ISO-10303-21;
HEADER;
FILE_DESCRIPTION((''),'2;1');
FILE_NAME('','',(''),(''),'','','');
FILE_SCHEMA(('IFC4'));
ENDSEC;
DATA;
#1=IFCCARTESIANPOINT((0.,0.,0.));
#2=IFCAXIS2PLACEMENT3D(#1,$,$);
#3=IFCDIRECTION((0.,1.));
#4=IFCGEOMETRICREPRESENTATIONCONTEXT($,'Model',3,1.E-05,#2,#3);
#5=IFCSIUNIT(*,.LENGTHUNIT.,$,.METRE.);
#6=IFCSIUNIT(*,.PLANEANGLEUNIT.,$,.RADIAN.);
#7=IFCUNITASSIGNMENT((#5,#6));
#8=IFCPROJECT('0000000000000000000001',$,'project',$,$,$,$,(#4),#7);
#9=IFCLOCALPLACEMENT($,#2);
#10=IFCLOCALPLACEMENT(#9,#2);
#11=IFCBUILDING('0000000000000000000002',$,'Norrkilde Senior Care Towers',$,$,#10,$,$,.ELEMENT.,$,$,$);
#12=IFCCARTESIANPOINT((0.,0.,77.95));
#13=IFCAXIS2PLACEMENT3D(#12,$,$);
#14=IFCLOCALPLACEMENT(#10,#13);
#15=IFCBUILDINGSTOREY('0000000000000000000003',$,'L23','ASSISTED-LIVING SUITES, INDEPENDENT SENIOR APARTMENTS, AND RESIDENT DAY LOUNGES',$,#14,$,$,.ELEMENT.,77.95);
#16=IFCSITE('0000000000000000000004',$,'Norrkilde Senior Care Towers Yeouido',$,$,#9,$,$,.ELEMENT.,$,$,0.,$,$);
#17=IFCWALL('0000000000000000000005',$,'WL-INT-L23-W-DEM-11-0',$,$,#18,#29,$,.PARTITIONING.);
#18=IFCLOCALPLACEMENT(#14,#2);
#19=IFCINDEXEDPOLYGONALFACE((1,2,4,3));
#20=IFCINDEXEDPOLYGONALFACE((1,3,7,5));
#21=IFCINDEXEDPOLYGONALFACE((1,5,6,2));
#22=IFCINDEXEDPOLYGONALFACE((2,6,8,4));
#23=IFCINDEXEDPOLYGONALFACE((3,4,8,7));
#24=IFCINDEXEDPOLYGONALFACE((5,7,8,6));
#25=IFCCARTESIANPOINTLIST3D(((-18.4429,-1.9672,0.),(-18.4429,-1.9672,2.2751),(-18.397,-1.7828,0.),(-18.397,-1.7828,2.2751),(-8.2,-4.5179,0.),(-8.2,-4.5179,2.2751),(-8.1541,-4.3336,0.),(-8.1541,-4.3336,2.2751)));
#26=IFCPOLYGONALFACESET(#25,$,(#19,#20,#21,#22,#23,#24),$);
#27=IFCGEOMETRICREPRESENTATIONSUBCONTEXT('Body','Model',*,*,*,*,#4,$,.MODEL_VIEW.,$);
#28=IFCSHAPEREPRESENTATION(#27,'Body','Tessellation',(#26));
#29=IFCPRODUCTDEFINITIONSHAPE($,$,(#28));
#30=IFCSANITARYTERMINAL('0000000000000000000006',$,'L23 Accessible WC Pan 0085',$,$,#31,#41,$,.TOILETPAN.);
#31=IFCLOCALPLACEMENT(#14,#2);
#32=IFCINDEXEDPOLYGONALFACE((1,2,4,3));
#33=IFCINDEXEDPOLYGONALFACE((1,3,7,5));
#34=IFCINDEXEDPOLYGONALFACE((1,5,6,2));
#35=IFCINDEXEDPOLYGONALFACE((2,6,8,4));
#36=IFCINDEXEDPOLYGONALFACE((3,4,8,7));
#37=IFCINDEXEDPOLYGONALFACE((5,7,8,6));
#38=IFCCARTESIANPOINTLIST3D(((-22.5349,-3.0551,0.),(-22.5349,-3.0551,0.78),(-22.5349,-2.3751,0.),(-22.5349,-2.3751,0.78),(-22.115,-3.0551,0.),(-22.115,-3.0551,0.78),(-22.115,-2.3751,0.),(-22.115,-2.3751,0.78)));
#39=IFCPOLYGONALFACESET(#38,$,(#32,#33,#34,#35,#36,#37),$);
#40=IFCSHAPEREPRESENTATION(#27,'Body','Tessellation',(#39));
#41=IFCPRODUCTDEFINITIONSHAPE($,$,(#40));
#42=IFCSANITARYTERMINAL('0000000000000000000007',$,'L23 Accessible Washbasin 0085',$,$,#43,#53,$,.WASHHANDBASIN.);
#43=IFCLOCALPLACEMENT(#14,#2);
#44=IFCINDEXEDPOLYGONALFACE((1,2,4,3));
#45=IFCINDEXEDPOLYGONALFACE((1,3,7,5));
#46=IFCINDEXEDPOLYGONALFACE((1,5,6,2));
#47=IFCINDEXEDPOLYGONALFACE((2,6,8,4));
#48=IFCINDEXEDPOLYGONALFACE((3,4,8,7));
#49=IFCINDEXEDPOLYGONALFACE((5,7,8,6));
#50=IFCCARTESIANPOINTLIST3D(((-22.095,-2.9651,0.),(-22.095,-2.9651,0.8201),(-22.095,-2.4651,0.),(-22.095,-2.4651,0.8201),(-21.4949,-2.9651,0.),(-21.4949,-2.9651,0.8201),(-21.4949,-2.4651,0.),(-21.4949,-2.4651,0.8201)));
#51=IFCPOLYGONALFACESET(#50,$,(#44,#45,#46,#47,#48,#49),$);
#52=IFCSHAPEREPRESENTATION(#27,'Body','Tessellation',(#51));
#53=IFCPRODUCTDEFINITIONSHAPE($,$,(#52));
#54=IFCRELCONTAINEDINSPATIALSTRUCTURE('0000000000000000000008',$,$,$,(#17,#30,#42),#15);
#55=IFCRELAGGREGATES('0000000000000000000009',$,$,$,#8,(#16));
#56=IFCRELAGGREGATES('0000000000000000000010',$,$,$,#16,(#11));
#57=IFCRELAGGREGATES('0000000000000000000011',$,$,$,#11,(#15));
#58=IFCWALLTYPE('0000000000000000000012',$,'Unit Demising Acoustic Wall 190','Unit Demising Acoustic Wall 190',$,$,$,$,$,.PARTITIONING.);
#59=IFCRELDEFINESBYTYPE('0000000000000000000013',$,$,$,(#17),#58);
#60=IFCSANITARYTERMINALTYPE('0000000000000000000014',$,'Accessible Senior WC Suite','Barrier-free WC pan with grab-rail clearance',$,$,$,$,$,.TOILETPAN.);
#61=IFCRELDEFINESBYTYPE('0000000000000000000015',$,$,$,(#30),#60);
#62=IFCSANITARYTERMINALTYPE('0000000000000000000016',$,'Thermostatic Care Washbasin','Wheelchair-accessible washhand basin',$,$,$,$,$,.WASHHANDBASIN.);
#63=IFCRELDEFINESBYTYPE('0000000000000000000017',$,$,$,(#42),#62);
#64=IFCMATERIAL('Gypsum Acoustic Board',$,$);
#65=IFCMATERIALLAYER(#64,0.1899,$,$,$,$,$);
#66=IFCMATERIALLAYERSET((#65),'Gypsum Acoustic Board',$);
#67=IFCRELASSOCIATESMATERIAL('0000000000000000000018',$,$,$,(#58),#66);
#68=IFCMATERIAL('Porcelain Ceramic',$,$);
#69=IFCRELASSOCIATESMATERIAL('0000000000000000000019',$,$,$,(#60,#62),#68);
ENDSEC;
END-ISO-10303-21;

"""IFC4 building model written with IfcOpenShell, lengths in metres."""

from ifc_helpers import new_model, si_unit, direction, frame, frame_2d, origin, origin_2d, place, context, subcontext, project, spatial, rectangle, extrude, source, transform, mapped, material, layer, layer_set, type_object, type_shapes, element, save


model = new_model("IFC4")

# Units and contexts
model_context = context("Model", 3, precision=1e-05, world=origin(), true_north=direction((0.0, 1.0)))
body_context = subcontext(model_context, "Body", "Model", "MODEL_VIEW")
ifc_project = project(units=[si_unit("LENGTHUNIT", "METRE"), si_unit("PLANEANGLEUNIT", "RADIAN")], contexts=[model_context])

# Site, building, storey
site_placement = place(None, origin())
site = spatial("IfcSite", under=ifc_project, at=site_placement, Name="Norrkilde Senior Care Towers Yeouido", CompositionType="ELEMENT", RefElevation=0.0)
building_placement = place(site_placement, origin())
building = spatial("IfcBuilding", under=site, at=building_placement, Name="Norrkilde Senior Care Towers", CompositionType="ELEMENT")
storey_placement = place(building_placement, frame((0.0, 0.0, 77.95)))
storey = spatial("IfcBuildingStorey", under=building, at=storey_placement, Name="L23", Description="ASSISTED-LIVING SUITES, INDEPENDENT SENIOR APARTMENTS, AND RESIDENT DAY LOUNGES", CompositionType="ELEMENT", Elevation=77.95)

# Shared definitions
ifc_material_1 = material(Name="Gypsum Acoustic Board")

# Wall
ifc_layer_1 = layer(ifc_material_1, 0.1899)
ifc_layer_set_1 = layer_set([ifc_layer_1], Name="Gypsum Acoustic Board")
wall_type_1 = type_object("IfcWallType", Name="Unit Demising Acoustic Wall 190", Description="Unit Demising Acoustic Wall 190", PredefinedType="PARTITIONING", material=ifc_layer_set_1)
shared_shape_1 = source(origin(), body_context, "Body", "SweptSolid", [
    extrude(rectangle(XDim=10.5557, YDim=0.1899, at=frame_2d((5.2778, 0.0))), origin(), (0.0, 0.0, 1.0), 2.2751),
])
wall_1_placement = place(storey_placement, frame((-18.4199, -1.875, 0.0), z_axis=(0.0, 0.0, 1.0), x_axis=(0.970364, -0.241648, 0.0)))
element("IfcWall", 1, at=wall_1_placement, inside=storey, type_object=wall_type_1, Name="WL-INT-L23-W-DEM-11-0", PredefinedType="PARTITIONING", context=body_context, shape_type="MappedRepresentation", body=[
    mapped(shared_shape_1, transform((0.0, 0.0, 0.0), x_axis=(1.0, 0.0, 0.0), y_axis=(0.0, 1.0, 0.0), z_axis=(0.0, 0.0, 1.0), scale=1.0)),
])

# Sanitary terminals
ifc_material_2 = material(Name="Porcelain Ceramic")
sanitary_terminal_type_1 = type_object("IfcSanitaryTerminalType", Name="Accessible Senior WC Suite", Description="Barrier-free WC pan with grab-rail clearance", PredefinedType="TOILETPAN", material=ifc_material_2)
shared_shape_2 = source(origin(), body_context, "Body", "SweptSolid", [
    extrude(rectangle(XDim=0.4199, YDim=0.6799, at=origin_2d()), origin(), (0.0, 0.0, 1.0), 0.78),
])
type_shapes(sanitary_terminal_type_1, [shared_shape_2])
sanitary_terminal_1_placement = place(storey_placement, frame((-22.325, -2.7151, 0.0), z_axis=(0.0, 0.0, 1.0), x_axis=(1.0, 0.0, 0.0)))
element("IfcSanitaryTerminal", 2, at=sanitary_terminal_1_placement, inside=storey, type_object=sanitary_terminal_type_1, Name="L23 Accessible WC Pan 0085", PredefinedType="TOILETPAN", context=body_context, shape_type="MappedRepresentation", body=[
    mapped(shared_shape_2, transform((0.0, 0.0, 0.0), x_axis=(1.0, 0.0, 0.0), y_axis=(0.0, 1.0, 0.0), z_axis=(0.0, 0.0, 1.0), scale=1.0)),
])
sanitary_terminal_type_2 = type_object("IfcSanitaryTerminalType", Name="Thermostatic Care Washbasin", Description="Wheelchair-accessible washhand basin", PredefinedType="WASHHANDBASIN", material=ifc_material_2)
shared_shape_3 = source(origin(), body_context, "Body", "SweptSolid", [
    extrude(rectangle(XDim=0.6001, YDim=0.5, at=origin_2d()), origin(), (0.0, 0.0, 1.0), 0.8201),
])
type_shapes(sanitary_terminal_type_2, [shared_shape_3])
sanitary_terminal_2_placement = place(storey_placement, frame((-21.7949, -2.7151, 0.0), z_axis=(0.0, 0.0, 1.0), x_axis=(1.0, 0.0, 0.0)))
element("IfcSanitaryTerminal", 3, at=sanitary_terminal_2_placement, inside=storey, type_object=sanitary_terminal_type_2, Name="L23 Accessible Washbasin 0085", PredefinedType="WASHHANDBASIN", context=body_context, shape_type="MappedRepresentation", body=[
    mapped(shared_shape_3, transform((0.0, 0.0, 0.0), x_axis=(1.0, 0.0, 0.0), y_axis=(0.0, 1.0, 0.0), z_axis=(0.0, 0.0, 1.0), scale=1.0)),
])

save(model, "model.ifc")
